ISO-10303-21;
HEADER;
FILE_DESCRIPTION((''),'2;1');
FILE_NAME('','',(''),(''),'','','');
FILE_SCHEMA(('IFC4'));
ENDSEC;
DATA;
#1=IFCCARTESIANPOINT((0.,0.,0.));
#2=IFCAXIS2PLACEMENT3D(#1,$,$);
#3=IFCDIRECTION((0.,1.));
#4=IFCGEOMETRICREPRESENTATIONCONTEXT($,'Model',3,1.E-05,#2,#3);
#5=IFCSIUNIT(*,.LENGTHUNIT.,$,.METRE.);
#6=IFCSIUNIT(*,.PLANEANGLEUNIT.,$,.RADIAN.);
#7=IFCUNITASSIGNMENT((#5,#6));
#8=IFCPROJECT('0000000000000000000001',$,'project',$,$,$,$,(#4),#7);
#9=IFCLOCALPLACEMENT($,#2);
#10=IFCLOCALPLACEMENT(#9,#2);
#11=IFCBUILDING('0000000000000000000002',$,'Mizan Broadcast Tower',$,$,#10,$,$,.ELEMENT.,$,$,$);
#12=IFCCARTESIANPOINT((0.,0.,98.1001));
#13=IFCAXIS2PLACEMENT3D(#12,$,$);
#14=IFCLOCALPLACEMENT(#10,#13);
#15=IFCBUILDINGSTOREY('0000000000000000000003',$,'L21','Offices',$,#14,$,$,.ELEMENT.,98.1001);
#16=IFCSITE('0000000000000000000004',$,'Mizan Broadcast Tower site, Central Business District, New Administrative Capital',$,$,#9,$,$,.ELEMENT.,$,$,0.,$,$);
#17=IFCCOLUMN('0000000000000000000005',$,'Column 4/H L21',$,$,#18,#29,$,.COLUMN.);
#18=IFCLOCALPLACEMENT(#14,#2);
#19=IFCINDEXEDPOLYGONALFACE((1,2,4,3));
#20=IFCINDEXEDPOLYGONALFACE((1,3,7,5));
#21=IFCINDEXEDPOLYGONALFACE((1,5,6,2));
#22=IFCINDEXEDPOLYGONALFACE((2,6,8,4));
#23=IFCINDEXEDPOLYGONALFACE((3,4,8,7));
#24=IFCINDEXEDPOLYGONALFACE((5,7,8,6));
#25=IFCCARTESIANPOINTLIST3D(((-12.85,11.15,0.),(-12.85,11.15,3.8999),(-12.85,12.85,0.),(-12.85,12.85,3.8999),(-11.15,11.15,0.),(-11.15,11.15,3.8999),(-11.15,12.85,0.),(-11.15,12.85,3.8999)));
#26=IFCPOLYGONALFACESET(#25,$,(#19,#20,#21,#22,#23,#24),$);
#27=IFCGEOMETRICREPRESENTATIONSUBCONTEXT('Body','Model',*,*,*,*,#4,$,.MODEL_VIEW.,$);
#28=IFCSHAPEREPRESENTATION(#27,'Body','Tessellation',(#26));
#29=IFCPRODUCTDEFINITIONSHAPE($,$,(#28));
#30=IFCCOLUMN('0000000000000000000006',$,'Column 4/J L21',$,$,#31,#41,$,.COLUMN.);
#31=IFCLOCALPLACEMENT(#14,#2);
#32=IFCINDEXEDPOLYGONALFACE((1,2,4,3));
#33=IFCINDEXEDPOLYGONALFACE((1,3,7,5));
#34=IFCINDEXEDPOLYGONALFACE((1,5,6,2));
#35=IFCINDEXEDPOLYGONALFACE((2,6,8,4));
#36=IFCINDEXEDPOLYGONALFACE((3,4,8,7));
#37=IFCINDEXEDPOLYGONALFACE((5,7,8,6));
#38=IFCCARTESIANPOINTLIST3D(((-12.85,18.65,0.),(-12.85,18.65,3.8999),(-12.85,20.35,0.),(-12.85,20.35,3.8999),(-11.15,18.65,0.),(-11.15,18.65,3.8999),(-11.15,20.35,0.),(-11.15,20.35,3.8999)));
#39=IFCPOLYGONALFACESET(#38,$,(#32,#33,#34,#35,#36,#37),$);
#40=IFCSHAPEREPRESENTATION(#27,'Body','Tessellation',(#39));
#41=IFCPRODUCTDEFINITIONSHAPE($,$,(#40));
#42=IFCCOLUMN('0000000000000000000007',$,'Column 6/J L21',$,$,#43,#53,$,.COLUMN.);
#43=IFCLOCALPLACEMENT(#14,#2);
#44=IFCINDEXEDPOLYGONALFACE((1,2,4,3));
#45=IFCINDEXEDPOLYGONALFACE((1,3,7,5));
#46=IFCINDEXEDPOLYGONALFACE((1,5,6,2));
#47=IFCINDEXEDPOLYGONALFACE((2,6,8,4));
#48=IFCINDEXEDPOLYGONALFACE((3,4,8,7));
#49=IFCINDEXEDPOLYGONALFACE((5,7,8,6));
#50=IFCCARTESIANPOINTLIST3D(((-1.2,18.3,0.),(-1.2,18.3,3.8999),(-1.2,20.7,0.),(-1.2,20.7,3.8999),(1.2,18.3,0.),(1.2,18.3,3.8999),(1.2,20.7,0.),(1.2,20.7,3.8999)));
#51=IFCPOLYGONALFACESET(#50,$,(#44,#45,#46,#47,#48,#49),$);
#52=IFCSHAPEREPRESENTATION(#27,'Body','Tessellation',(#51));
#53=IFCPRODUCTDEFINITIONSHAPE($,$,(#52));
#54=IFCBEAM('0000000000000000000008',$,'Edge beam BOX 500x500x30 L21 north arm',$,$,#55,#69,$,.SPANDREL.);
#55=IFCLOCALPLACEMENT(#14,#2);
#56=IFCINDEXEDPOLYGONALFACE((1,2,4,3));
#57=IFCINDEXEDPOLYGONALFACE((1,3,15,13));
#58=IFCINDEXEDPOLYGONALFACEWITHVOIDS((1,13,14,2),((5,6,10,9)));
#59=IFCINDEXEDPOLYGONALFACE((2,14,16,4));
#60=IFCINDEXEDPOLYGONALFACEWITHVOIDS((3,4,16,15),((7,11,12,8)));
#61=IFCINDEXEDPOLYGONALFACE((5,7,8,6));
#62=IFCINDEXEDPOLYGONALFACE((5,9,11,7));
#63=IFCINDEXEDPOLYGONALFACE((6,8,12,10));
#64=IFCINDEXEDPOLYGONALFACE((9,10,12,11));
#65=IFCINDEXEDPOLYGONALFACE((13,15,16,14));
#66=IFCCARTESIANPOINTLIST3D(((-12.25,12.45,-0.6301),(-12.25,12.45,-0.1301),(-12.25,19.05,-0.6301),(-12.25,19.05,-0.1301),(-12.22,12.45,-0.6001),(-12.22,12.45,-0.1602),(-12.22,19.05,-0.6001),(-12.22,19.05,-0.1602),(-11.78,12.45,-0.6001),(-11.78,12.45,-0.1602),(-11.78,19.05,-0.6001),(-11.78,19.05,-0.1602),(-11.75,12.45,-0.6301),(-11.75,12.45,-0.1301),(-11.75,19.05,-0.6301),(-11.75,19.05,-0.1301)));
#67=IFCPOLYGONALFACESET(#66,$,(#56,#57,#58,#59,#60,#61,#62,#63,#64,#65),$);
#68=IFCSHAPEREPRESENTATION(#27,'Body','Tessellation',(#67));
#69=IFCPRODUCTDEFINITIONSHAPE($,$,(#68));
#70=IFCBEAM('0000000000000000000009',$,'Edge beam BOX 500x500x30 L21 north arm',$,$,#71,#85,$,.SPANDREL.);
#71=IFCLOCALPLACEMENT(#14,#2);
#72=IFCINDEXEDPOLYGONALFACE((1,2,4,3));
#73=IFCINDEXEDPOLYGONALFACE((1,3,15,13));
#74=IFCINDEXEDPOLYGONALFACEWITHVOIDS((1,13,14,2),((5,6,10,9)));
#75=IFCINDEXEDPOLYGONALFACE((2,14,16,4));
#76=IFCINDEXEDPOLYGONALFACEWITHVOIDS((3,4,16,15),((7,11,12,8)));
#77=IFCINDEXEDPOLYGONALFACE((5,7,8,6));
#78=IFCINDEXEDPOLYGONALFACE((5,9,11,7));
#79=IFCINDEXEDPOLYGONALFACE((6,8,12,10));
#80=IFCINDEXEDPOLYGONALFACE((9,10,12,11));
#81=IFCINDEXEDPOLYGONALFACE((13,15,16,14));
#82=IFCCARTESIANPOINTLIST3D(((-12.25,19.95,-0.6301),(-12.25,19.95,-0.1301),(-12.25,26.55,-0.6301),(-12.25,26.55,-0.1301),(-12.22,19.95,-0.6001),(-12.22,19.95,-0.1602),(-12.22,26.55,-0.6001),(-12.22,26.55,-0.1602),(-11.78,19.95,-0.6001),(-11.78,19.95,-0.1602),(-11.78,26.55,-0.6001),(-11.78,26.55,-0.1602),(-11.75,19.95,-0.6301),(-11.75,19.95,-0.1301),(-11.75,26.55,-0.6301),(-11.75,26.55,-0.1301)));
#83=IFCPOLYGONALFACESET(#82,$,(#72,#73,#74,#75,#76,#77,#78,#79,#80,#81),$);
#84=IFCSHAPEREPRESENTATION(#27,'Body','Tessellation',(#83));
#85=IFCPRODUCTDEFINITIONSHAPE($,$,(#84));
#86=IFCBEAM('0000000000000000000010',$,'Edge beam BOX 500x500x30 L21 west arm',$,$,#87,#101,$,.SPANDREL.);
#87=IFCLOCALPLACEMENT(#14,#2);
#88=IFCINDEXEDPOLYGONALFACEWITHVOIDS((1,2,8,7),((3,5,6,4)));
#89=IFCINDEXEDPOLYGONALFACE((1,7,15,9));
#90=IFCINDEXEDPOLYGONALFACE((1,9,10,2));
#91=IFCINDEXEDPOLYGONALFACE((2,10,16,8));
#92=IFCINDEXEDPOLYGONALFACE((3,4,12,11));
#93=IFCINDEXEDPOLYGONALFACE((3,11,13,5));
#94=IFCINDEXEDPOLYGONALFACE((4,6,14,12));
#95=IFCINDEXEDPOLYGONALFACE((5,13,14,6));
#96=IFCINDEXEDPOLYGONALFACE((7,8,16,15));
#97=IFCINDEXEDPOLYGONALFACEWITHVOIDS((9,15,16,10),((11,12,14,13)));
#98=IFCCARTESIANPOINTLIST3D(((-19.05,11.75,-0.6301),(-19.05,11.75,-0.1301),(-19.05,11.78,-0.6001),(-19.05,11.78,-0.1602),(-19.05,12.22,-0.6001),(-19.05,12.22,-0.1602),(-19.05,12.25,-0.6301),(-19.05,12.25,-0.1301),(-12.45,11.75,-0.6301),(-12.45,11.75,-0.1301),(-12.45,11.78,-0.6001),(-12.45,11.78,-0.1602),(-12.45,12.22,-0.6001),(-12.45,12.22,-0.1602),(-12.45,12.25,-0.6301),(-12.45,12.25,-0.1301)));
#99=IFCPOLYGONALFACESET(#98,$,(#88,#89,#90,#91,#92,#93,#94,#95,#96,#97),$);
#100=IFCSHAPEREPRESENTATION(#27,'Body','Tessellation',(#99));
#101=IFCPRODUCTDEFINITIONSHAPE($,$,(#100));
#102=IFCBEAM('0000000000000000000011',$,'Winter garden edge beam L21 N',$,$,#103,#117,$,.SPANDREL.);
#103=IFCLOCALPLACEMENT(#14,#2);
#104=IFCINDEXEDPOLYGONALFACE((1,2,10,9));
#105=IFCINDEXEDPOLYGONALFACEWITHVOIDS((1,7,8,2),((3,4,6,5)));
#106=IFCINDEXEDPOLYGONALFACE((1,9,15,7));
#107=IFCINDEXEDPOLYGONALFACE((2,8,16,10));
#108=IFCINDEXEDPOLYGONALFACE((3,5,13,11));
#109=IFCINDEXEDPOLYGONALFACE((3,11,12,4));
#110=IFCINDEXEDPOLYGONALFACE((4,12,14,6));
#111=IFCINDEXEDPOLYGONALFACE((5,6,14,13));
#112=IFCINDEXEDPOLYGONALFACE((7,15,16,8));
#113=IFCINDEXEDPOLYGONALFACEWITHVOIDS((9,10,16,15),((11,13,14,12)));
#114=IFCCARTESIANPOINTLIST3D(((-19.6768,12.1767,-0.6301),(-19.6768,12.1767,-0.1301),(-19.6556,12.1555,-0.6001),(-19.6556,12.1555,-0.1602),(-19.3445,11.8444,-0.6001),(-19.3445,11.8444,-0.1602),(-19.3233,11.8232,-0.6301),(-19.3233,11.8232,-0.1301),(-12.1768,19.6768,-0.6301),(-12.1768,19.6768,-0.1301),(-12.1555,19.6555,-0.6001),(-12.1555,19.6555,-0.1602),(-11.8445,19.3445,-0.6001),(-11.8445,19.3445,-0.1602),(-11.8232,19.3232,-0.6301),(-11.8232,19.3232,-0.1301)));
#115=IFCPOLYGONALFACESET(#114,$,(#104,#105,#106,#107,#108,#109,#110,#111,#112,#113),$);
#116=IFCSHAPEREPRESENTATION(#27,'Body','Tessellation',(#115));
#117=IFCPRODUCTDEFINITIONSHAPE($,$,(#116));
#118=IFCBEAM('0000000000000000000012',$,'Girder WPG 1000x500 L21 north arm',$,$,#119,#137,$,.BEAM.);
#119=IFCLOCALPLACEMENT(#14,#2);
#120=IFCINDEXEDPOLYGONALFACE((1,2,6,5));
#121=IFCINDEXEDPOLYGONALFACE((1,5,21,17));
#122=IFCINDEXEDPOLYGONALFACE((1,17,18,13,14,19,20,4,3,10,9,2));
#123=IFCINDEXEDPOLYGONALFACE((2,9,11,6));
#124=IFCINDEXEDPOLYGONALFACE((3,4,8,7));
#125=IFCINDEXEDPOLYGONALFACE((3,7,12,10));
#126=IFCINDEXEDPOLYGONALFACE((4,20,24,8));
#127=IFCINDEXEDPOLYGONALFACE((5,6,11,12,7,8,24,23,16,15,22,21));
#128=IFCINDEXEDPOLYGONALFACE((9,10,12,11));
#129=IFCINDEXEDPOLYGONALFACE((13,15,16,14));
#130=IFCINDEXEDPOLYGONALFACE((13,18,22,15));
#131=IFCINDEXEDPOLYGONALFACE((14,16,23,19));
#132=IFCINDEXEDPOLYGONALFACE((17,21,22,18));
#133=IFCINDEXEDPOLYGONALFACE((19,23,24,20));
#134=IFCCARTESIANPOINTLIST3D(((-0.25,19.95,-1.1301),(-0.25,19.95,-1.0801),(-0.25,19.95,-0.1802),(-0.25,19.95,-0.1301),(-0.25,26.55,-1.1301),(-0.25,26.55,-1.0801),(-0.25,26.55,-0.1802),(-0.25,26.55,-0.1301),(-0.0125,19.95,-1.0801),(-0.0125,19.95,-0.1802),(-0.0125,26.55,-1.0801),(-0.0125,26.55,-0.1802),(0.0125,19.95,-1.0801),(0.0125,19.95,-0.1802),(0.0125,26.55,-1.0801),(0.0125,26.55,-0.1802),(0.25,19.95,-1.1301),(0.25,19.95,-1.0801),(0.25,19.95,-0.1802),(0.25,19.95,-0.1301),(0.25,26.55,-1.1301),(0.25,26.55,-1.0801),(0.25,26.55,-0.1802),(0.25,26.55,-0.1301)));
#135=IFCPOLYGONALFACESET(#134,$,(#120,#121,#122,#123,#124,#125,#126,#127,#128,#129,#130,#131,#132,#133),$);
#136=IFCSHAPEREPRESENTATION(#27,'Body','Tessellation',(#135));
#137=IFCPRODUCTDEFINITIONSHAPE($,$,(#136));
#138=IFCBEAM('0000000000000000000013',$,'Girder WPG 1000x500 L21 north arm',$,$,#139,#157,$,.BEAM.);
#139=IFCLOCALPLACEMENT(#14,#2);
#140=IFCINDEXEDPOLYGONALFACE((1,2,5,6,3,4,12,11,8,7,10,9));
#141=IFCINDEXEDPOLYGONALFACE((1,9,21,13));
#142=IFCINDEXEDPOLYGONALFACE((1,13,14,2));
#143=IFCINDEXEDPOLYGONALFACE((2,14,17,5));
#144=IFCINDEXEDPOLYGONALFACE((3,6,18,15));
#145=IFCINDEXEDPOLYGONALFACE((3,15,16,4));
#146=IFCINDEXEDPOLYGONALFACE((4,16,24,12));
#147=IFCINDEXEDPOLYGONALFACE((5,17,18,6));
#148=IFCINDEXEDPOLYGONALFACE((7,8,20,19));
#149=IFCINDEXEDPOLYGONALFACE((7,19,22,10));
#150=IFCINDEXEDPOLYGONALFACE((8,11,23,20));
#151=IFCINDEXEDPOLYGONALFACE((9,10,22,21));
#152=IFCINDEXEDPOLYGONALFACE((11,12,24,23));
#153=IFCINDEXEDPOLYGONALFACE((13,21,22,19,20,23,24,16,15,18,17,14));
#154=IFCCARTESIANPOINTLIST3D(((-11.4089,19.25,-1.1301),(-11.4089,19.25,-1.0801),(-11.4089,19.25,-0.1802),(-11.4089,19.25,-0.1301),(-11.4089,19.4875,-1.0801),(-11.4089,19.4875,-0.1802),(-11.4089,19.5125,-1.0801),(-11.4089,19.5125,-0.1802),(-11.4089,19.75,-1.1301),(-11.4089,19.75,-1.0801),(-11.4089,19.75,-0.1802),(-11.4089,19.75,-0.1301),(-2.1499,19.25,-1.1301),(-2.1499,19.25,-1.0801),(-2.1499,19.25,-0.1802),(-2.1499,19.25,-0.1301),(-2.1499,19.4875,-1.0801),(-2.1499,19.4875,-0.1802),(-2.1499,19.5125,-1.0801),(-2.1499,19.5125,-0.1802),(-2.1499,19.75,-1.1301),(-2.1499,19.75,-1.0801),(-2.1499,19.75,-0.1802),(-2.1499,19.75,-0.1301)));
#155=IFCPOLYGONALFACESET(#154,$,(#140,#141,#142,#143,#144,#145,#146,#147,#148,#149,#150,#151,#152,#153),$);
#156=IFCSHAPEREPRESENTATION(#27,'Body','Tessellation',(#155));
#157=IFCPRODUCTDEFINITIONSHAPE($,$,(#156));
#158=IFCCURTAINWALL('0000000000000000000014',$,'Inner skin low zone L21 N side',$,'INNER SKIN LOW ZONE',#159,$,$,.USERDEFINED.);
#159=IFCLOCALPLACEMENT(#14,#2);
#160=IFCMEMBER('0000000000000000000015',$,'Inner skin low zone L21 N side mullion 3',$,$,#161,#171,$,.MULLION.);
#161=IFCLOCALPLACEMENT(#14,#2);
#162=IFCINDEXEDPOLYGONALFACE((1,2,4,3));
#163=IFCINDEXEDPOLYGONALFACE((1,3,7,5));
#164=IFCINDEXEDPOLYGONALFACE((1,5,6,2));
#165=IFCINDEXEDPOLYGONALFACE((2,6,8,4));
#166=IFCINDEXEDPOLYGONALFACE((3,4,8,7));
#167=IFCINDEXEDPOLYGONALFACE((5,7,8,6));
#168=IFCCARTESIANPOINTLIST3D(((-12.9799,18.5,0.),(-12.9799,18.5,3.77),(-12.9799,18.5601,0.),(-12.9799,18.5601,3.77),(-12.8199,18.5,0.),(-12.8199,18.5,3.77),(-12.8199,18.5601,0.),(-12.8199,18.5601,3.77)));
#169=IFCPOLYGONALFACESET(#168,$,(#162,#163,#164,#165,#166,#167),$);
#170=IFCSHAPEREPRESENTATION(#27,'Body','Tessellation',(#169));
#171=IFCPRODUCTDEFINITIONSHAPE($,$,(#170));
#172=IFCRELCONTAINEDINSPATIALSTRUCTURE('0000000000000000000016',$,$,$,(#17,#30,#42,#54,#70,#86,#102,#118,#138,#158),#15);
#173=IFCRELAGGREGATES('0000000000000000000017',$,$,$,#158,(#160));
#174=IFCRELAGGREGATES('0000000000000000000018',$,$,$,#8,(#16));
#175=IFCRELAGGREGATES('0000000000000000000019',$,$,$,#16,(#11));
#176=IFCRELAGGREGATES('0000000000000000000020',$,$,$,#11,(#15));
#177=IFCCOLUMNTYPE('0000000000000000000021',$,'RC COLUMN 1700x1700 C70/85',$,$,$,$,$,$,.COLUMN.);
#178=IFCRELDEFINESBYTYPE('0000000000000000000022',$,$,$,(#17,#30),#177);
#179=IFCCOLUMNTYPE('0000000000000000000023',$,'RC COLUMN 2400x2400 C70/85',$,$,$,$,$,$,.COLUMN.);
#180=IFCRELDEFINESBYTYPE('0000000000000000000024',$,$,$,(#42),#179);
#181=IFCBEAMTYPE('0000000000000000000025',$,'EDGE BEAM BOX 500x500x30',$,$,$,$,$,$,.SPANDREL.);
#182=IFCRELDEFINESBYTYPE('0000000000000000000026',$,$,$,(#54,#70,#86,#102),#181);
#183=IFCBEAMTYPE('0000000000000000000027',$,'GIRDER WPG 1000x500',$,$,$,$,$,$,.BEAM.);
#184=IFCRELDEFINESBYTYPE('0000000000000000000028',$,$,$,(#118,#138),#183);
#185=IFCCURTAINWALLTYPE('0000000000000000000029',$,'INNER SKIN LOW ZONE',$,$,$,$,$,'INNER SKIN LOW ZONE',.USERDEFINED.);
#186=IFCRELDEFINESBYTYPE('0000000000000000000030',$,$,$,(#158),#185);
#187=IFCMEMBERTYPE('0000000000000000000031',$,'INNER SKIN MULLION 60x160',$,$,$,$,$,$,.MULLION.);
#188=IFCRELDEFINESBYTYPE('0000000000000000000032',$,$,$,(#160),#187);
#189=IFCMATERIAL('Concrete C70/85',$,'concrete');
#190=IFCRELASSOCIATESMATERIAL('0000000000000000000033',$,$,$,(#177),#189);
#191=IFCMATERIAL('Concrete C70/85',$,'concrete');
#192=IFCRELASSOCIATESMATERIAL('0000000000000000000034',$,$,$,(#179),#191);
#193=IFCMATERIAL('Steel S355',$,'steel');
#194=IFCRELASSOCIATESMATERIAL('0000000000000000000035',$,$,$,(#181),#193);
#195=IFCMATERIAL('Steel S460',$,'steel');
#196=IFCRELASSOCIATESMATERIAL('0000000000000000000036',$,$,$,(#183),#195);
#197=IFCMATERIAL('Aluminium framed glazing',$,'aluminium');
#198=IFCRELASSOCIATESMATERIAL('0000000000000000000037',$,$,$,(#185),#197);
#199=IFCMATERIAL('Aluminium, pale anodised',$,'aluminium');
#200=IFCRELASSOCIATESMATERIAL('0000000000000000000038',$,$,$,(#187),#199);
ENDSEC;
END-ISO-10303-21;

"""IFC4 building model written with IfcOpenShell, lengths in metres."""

from ifc_helpers import new_model, si_unit, direction, frame, origin, origin_2d, place, context, subcontext, project, spatial, rectangle, hollow_rectangle, i_section, extrude, material, material_profile, profile_set, type_object, element, aggregate, save


model = new_model("IFC4")

# Units and contexts
model_context = context("Model", 3, precision=1e-05, world=origin(), true_north=direction((0.0, 1.0)))
body_context = subcontext(model_context, "Body", "Model", "MODEL_VIEW")
ifc_project = project(units=[si_unit("LENGTHUNIT", "METRE"), si_unit("PLANEANGLEUNIT", "RADIAN")], contexts=[model_context])

# Site, building, storey
site_placement = place(None, origin())
site = spatial("IfcSite", under=ifc_project, at=site_placement, Name="Mizan Broadcast Tower site, Central Business District, New Administrative Capital", CompositionType="ELEMENT", RefElevation=0.0)
building_placement = place(site_placement, origin())
building = spatial("IfcBuilding", under=site, at=building_placement, Name="Mizan Broadcast Tower", CompositionType="ELEMENT")
storey_placement = place(building_placement, frame((0.0, 0.0, 98.1001)))
storey = spatial("IfcBuildingStorey", under=building, at=storey_placement, Name="L21", Description="Offices", CompositionType="ELEMENT", Elevation=98.1001)

# Columns
ifc_material_1 = material(Name="Concrete C70/85", Category="concrete")
ifc_material_profile_1 = material_profile(ifc_material_1, rectangle(XDim=1.7, YDim=1.7, at=origin_2d()), Name="RC 1700x1700")
ifc_profile_set_1 = profile_set([ifc_material_profile_1], Name="Concrete C70/85")
column_type_1 = type_object("IfcColumnType", Name="RC COLUMN 1700x1700 C70/85", PredefinedType="COLUMN", material=ifc_profile_set_1)
for number, where, z_axis, x_axis, name in (
    (1, (-12.0, 12.0, 0.0), (0.0, 0.0, 1.0), (1.0, 0.0, 0.0), "Column 4/H L21"),
    (2, (-12.0, 19.5, 0.0), (0.0, 0.0, 1.0), (1.0, 0.0, 0.0), "Column 4/J L21"),
):
    element("IfcColumn", number, at=place(storey_placement, frame(where, z_axis=z_axis, x_axis=x_axis)), inside=storey, type_object=column_type_1, Name=name, PredefinedType="COLUMN", context=body_context, shape_type="SweptSolid", body=[
        extrude(rectangle(XDim=1.7, YDim=1.7, at=origin_2d()), origin(), (0.0, 0.0, 1.0), 3.8999),
    ])
ifc_material_2 = material(Name="Concrete C70/85", Category="concrete")
ifc_material_profile_2 = material_profile(ifc_material_2, rectangle(XDim=2.3999, YDim=2.3999, at=origin_2d()), Name="RC 2400x2400")
ifc_profile_set_2 = profile_set([ifc_material_profile_2], Name="Concrete C70/85")
column_type_2 = type_object("IfcColumnType", Name="RC COLUMN 2400x2400 C70/85", PredefinedType="COLUMN", material=ifc_profile_set_2)
column_placement = place(storey_placement, frame((0.0, 19.5, 0.0), z_axis=(0.0, 0.0, 1.0), x_axis=(1.0, 0.0, 0.0)))
element("IfcColumn", 3, at=column_placement, inside=storey, type_object=column_type_2, Name="Column 6/J L21", PredefinedType="COLUMN", context=body_context, shape_type="SweptSolid", body=[
    extrude(rectangle(XDim=2.3999, YDim=2.3999, at=origin_2d()), origin(), (0.0, 0.0, 1.0), 3.8999),
])

# Beams
ifc_material_3 = material(Name="Steel S355", Category="steel")
ifc_material_profile_3 = material_profile(ifc_material_3, hollow_rectangle(XDim=0.5, YDim=0.5, WallThickness=0.03, at=origin_2d()), Name="BOX 500x500x30")
ifc_profile_set_3 = profile_set([ifc_material_profile_3], Name="Steel S355")
beam_type_1 = type_object("IfcBeamType", Name="EDGE BEAM BOX 500x500x30", PredefinedType="SPANDREL", material=ifc_profile_set_3)
for number, where, z_axis, x_axis, name in (
    (4, (-12.0, 12.45, -0.3801), (0.0, 1.0, 0.0), (-1.0, 0.0, 0.0), "Edge beam BOX 500x500x30 L21 north arm"),
    (5, (-12.0, 19.95, -0.3801), (0.0, 1.0, 0.0), (-1.0, 0.0, 0.0), "Edge beam BOX 500x500x30 L21 north arm"),
    (6, (-12.45, 12.0, -0.3801), (-1.0, 0.0, 0.0), (0.0, -1.0, 0.0), "Edge beam BOX 500x500x30 L21 west arm"),
):
    element("IfcBeam", number, at=place(storey_placement, frame(where, z_axis=z_axis, x_axis=x_axis)), inside=storey, type_object=beam_type_1, Name=name, PredefinedType="SPANDREL", context=body_context, shape_type="SweptSolid", body=[
        extrude(hollow_rectangle(XDim=0.5, YDim=0.5, WallThickness=0.03, at=origin_2d()), origin(), (0.0, 0.0, 1.0), 6.6001),
    ])
beam_1_placement = place(storey_placement, frame((-12.0, 19.5, -0.3801), z_axis=(-0.707107, -0.707107, 0.0), x_axis=(0.707107, -0.707107, 0.0)))
element("IfcBeam", 7, at=beam_1_placement, inside=storey, type_object=beam_type_1, Name="Winter garden edge beam L21 N", PredefinedType="SPANDREL", context=body_context, shape_type="SweptSolid", body=[
    extrude(hollow_rectangle(XDim=0.5, YDim=0.5, WallThickness=0.03, at=origin_2d()), origin(), (0.0, 0.0, 1.0), 10.6067),
])
ifc_material_4 = material(Name="Steel S460", Category="steel")
ifc_material_profile_4 = material_profile(ifc_material_4, i_section(OverallWidth=0.5, OverallDepth=1.0, WebThickness=0.0249, FlangeThickness=0.05, at=origin_2d()), Name="WPG 1000x500")
ifc_profile_set_4 = profile_set([ifc_material_profile_4], Name="Steel S460")
beam_type_2 = type_object("IfcBeamType", Name="GIRDER WPG 1000x500", PredefinedType="BEAM", material=ifc_profile_set_4)
beam_2_placement = place(storey_placement, frame((0.0, 19.95, -0.6301), z_axis=(0.0, 1.0, 0.0), x_axis=(-1.0, 0.0, 0.0)))
element("IfcBeam", 8, at=beam_2_placement, inside=storey, type_object=beam_type_2, Name="Girder WPG 1000x500 L21 north arm", PredefinedType="BEAM", context=body_context, shape_type="SweptSolid", body=[
    extrude(i_section(OverallWidth=0.5, OverallDepth=1.0, WebThickness=0.0249, FlangeThickness=0.05, at=origin_2d()), origin(), (0.0, 0.0, 1.0), 6.6001),
])
beam_3_placement = place(storey_placement, frame((-11.4089, 19.5, -0.6301), z_axis=(1.0, 0.0, 0.0), x_axis=(0.0, 1.0, 0.0)))
element("IfcBeam", 9, at=beam_3_placement, inside=storey, type_object=beam_type_2, Name="Girder WPG 1000x500 L21 north arm", PredefinedType="BEAM", context=body_context, shape_type="SweptSolid", body=[
    extrude(i_section(OverallWidth=0.5, OverallDepth=1.0, WebThickness=0.0249, FlangeThickness=0.05, at=origin_2d()), origin(), (0.0, 0.0, 1.0), 9.259),
])

# Curtain wall, member
ifc_material_5 = material(Name="Aluminium framed glazing", Category="aluminium")
curtain_wall_type = type_object("IfcCurtainWallType", Name="INNER SKIN LOW ZONE", ElementType="INNER SKIN LOW ZONE", PredefinedType="USERDEFINED", material=ifc_material_5)
curtain_wall_placement = place(storey_placement, origin())
curtain_wall = element("IfcCurtainWall", 10, at=curtain_wall_placement, inside=storey, type_object=curtain_wall_type, Name="Inner skin low zone L21 N side", ObjectType="INNER SKIN LOW ZONE", PredefinedType="USERDEFINED")
ifc_material_6 = material(Name="Aluminium, pale anodised", Category="aluminium")
ifc_material_profile_5 = material_profile(ifc_material_6, rectangle(XDim=0.1599, YDim=0.0601, at=origin_2d()), Name="MULLION 160x60")
ifc_profile_set_5 = profile_set([ifc_material_profile_5], Name="Aluminium, pale anodised")
member_type = type_object("IfcMemberType", Name="INNER SKIN MULLION 60x160", PredefinedType="MULLION", material=ifc_profile_set_5)
member_placement = place(storey_placement, frame((-12.8999, 18.53, 0.0), z_axis=(0.0, 0.0, 1.0), x_axis=(1.0, 0.0, 0.0)))
member = element("IfcMember", 11, at=member_placement, type_object=member_type, Name="Inner skin low zone L21 N side mullion 3", PredefinedType="MULLION", context=body_context, shape_type="SweptSolid", body=[
    extrude(rectangle(XDim=0.1599, YDim=0.0601, at=origin_2d()), origin(), (0.0, 0.0, 1.0), 3.77),
])

aggregate(curtain_wall, [member])

save(model, "model.ifc")
